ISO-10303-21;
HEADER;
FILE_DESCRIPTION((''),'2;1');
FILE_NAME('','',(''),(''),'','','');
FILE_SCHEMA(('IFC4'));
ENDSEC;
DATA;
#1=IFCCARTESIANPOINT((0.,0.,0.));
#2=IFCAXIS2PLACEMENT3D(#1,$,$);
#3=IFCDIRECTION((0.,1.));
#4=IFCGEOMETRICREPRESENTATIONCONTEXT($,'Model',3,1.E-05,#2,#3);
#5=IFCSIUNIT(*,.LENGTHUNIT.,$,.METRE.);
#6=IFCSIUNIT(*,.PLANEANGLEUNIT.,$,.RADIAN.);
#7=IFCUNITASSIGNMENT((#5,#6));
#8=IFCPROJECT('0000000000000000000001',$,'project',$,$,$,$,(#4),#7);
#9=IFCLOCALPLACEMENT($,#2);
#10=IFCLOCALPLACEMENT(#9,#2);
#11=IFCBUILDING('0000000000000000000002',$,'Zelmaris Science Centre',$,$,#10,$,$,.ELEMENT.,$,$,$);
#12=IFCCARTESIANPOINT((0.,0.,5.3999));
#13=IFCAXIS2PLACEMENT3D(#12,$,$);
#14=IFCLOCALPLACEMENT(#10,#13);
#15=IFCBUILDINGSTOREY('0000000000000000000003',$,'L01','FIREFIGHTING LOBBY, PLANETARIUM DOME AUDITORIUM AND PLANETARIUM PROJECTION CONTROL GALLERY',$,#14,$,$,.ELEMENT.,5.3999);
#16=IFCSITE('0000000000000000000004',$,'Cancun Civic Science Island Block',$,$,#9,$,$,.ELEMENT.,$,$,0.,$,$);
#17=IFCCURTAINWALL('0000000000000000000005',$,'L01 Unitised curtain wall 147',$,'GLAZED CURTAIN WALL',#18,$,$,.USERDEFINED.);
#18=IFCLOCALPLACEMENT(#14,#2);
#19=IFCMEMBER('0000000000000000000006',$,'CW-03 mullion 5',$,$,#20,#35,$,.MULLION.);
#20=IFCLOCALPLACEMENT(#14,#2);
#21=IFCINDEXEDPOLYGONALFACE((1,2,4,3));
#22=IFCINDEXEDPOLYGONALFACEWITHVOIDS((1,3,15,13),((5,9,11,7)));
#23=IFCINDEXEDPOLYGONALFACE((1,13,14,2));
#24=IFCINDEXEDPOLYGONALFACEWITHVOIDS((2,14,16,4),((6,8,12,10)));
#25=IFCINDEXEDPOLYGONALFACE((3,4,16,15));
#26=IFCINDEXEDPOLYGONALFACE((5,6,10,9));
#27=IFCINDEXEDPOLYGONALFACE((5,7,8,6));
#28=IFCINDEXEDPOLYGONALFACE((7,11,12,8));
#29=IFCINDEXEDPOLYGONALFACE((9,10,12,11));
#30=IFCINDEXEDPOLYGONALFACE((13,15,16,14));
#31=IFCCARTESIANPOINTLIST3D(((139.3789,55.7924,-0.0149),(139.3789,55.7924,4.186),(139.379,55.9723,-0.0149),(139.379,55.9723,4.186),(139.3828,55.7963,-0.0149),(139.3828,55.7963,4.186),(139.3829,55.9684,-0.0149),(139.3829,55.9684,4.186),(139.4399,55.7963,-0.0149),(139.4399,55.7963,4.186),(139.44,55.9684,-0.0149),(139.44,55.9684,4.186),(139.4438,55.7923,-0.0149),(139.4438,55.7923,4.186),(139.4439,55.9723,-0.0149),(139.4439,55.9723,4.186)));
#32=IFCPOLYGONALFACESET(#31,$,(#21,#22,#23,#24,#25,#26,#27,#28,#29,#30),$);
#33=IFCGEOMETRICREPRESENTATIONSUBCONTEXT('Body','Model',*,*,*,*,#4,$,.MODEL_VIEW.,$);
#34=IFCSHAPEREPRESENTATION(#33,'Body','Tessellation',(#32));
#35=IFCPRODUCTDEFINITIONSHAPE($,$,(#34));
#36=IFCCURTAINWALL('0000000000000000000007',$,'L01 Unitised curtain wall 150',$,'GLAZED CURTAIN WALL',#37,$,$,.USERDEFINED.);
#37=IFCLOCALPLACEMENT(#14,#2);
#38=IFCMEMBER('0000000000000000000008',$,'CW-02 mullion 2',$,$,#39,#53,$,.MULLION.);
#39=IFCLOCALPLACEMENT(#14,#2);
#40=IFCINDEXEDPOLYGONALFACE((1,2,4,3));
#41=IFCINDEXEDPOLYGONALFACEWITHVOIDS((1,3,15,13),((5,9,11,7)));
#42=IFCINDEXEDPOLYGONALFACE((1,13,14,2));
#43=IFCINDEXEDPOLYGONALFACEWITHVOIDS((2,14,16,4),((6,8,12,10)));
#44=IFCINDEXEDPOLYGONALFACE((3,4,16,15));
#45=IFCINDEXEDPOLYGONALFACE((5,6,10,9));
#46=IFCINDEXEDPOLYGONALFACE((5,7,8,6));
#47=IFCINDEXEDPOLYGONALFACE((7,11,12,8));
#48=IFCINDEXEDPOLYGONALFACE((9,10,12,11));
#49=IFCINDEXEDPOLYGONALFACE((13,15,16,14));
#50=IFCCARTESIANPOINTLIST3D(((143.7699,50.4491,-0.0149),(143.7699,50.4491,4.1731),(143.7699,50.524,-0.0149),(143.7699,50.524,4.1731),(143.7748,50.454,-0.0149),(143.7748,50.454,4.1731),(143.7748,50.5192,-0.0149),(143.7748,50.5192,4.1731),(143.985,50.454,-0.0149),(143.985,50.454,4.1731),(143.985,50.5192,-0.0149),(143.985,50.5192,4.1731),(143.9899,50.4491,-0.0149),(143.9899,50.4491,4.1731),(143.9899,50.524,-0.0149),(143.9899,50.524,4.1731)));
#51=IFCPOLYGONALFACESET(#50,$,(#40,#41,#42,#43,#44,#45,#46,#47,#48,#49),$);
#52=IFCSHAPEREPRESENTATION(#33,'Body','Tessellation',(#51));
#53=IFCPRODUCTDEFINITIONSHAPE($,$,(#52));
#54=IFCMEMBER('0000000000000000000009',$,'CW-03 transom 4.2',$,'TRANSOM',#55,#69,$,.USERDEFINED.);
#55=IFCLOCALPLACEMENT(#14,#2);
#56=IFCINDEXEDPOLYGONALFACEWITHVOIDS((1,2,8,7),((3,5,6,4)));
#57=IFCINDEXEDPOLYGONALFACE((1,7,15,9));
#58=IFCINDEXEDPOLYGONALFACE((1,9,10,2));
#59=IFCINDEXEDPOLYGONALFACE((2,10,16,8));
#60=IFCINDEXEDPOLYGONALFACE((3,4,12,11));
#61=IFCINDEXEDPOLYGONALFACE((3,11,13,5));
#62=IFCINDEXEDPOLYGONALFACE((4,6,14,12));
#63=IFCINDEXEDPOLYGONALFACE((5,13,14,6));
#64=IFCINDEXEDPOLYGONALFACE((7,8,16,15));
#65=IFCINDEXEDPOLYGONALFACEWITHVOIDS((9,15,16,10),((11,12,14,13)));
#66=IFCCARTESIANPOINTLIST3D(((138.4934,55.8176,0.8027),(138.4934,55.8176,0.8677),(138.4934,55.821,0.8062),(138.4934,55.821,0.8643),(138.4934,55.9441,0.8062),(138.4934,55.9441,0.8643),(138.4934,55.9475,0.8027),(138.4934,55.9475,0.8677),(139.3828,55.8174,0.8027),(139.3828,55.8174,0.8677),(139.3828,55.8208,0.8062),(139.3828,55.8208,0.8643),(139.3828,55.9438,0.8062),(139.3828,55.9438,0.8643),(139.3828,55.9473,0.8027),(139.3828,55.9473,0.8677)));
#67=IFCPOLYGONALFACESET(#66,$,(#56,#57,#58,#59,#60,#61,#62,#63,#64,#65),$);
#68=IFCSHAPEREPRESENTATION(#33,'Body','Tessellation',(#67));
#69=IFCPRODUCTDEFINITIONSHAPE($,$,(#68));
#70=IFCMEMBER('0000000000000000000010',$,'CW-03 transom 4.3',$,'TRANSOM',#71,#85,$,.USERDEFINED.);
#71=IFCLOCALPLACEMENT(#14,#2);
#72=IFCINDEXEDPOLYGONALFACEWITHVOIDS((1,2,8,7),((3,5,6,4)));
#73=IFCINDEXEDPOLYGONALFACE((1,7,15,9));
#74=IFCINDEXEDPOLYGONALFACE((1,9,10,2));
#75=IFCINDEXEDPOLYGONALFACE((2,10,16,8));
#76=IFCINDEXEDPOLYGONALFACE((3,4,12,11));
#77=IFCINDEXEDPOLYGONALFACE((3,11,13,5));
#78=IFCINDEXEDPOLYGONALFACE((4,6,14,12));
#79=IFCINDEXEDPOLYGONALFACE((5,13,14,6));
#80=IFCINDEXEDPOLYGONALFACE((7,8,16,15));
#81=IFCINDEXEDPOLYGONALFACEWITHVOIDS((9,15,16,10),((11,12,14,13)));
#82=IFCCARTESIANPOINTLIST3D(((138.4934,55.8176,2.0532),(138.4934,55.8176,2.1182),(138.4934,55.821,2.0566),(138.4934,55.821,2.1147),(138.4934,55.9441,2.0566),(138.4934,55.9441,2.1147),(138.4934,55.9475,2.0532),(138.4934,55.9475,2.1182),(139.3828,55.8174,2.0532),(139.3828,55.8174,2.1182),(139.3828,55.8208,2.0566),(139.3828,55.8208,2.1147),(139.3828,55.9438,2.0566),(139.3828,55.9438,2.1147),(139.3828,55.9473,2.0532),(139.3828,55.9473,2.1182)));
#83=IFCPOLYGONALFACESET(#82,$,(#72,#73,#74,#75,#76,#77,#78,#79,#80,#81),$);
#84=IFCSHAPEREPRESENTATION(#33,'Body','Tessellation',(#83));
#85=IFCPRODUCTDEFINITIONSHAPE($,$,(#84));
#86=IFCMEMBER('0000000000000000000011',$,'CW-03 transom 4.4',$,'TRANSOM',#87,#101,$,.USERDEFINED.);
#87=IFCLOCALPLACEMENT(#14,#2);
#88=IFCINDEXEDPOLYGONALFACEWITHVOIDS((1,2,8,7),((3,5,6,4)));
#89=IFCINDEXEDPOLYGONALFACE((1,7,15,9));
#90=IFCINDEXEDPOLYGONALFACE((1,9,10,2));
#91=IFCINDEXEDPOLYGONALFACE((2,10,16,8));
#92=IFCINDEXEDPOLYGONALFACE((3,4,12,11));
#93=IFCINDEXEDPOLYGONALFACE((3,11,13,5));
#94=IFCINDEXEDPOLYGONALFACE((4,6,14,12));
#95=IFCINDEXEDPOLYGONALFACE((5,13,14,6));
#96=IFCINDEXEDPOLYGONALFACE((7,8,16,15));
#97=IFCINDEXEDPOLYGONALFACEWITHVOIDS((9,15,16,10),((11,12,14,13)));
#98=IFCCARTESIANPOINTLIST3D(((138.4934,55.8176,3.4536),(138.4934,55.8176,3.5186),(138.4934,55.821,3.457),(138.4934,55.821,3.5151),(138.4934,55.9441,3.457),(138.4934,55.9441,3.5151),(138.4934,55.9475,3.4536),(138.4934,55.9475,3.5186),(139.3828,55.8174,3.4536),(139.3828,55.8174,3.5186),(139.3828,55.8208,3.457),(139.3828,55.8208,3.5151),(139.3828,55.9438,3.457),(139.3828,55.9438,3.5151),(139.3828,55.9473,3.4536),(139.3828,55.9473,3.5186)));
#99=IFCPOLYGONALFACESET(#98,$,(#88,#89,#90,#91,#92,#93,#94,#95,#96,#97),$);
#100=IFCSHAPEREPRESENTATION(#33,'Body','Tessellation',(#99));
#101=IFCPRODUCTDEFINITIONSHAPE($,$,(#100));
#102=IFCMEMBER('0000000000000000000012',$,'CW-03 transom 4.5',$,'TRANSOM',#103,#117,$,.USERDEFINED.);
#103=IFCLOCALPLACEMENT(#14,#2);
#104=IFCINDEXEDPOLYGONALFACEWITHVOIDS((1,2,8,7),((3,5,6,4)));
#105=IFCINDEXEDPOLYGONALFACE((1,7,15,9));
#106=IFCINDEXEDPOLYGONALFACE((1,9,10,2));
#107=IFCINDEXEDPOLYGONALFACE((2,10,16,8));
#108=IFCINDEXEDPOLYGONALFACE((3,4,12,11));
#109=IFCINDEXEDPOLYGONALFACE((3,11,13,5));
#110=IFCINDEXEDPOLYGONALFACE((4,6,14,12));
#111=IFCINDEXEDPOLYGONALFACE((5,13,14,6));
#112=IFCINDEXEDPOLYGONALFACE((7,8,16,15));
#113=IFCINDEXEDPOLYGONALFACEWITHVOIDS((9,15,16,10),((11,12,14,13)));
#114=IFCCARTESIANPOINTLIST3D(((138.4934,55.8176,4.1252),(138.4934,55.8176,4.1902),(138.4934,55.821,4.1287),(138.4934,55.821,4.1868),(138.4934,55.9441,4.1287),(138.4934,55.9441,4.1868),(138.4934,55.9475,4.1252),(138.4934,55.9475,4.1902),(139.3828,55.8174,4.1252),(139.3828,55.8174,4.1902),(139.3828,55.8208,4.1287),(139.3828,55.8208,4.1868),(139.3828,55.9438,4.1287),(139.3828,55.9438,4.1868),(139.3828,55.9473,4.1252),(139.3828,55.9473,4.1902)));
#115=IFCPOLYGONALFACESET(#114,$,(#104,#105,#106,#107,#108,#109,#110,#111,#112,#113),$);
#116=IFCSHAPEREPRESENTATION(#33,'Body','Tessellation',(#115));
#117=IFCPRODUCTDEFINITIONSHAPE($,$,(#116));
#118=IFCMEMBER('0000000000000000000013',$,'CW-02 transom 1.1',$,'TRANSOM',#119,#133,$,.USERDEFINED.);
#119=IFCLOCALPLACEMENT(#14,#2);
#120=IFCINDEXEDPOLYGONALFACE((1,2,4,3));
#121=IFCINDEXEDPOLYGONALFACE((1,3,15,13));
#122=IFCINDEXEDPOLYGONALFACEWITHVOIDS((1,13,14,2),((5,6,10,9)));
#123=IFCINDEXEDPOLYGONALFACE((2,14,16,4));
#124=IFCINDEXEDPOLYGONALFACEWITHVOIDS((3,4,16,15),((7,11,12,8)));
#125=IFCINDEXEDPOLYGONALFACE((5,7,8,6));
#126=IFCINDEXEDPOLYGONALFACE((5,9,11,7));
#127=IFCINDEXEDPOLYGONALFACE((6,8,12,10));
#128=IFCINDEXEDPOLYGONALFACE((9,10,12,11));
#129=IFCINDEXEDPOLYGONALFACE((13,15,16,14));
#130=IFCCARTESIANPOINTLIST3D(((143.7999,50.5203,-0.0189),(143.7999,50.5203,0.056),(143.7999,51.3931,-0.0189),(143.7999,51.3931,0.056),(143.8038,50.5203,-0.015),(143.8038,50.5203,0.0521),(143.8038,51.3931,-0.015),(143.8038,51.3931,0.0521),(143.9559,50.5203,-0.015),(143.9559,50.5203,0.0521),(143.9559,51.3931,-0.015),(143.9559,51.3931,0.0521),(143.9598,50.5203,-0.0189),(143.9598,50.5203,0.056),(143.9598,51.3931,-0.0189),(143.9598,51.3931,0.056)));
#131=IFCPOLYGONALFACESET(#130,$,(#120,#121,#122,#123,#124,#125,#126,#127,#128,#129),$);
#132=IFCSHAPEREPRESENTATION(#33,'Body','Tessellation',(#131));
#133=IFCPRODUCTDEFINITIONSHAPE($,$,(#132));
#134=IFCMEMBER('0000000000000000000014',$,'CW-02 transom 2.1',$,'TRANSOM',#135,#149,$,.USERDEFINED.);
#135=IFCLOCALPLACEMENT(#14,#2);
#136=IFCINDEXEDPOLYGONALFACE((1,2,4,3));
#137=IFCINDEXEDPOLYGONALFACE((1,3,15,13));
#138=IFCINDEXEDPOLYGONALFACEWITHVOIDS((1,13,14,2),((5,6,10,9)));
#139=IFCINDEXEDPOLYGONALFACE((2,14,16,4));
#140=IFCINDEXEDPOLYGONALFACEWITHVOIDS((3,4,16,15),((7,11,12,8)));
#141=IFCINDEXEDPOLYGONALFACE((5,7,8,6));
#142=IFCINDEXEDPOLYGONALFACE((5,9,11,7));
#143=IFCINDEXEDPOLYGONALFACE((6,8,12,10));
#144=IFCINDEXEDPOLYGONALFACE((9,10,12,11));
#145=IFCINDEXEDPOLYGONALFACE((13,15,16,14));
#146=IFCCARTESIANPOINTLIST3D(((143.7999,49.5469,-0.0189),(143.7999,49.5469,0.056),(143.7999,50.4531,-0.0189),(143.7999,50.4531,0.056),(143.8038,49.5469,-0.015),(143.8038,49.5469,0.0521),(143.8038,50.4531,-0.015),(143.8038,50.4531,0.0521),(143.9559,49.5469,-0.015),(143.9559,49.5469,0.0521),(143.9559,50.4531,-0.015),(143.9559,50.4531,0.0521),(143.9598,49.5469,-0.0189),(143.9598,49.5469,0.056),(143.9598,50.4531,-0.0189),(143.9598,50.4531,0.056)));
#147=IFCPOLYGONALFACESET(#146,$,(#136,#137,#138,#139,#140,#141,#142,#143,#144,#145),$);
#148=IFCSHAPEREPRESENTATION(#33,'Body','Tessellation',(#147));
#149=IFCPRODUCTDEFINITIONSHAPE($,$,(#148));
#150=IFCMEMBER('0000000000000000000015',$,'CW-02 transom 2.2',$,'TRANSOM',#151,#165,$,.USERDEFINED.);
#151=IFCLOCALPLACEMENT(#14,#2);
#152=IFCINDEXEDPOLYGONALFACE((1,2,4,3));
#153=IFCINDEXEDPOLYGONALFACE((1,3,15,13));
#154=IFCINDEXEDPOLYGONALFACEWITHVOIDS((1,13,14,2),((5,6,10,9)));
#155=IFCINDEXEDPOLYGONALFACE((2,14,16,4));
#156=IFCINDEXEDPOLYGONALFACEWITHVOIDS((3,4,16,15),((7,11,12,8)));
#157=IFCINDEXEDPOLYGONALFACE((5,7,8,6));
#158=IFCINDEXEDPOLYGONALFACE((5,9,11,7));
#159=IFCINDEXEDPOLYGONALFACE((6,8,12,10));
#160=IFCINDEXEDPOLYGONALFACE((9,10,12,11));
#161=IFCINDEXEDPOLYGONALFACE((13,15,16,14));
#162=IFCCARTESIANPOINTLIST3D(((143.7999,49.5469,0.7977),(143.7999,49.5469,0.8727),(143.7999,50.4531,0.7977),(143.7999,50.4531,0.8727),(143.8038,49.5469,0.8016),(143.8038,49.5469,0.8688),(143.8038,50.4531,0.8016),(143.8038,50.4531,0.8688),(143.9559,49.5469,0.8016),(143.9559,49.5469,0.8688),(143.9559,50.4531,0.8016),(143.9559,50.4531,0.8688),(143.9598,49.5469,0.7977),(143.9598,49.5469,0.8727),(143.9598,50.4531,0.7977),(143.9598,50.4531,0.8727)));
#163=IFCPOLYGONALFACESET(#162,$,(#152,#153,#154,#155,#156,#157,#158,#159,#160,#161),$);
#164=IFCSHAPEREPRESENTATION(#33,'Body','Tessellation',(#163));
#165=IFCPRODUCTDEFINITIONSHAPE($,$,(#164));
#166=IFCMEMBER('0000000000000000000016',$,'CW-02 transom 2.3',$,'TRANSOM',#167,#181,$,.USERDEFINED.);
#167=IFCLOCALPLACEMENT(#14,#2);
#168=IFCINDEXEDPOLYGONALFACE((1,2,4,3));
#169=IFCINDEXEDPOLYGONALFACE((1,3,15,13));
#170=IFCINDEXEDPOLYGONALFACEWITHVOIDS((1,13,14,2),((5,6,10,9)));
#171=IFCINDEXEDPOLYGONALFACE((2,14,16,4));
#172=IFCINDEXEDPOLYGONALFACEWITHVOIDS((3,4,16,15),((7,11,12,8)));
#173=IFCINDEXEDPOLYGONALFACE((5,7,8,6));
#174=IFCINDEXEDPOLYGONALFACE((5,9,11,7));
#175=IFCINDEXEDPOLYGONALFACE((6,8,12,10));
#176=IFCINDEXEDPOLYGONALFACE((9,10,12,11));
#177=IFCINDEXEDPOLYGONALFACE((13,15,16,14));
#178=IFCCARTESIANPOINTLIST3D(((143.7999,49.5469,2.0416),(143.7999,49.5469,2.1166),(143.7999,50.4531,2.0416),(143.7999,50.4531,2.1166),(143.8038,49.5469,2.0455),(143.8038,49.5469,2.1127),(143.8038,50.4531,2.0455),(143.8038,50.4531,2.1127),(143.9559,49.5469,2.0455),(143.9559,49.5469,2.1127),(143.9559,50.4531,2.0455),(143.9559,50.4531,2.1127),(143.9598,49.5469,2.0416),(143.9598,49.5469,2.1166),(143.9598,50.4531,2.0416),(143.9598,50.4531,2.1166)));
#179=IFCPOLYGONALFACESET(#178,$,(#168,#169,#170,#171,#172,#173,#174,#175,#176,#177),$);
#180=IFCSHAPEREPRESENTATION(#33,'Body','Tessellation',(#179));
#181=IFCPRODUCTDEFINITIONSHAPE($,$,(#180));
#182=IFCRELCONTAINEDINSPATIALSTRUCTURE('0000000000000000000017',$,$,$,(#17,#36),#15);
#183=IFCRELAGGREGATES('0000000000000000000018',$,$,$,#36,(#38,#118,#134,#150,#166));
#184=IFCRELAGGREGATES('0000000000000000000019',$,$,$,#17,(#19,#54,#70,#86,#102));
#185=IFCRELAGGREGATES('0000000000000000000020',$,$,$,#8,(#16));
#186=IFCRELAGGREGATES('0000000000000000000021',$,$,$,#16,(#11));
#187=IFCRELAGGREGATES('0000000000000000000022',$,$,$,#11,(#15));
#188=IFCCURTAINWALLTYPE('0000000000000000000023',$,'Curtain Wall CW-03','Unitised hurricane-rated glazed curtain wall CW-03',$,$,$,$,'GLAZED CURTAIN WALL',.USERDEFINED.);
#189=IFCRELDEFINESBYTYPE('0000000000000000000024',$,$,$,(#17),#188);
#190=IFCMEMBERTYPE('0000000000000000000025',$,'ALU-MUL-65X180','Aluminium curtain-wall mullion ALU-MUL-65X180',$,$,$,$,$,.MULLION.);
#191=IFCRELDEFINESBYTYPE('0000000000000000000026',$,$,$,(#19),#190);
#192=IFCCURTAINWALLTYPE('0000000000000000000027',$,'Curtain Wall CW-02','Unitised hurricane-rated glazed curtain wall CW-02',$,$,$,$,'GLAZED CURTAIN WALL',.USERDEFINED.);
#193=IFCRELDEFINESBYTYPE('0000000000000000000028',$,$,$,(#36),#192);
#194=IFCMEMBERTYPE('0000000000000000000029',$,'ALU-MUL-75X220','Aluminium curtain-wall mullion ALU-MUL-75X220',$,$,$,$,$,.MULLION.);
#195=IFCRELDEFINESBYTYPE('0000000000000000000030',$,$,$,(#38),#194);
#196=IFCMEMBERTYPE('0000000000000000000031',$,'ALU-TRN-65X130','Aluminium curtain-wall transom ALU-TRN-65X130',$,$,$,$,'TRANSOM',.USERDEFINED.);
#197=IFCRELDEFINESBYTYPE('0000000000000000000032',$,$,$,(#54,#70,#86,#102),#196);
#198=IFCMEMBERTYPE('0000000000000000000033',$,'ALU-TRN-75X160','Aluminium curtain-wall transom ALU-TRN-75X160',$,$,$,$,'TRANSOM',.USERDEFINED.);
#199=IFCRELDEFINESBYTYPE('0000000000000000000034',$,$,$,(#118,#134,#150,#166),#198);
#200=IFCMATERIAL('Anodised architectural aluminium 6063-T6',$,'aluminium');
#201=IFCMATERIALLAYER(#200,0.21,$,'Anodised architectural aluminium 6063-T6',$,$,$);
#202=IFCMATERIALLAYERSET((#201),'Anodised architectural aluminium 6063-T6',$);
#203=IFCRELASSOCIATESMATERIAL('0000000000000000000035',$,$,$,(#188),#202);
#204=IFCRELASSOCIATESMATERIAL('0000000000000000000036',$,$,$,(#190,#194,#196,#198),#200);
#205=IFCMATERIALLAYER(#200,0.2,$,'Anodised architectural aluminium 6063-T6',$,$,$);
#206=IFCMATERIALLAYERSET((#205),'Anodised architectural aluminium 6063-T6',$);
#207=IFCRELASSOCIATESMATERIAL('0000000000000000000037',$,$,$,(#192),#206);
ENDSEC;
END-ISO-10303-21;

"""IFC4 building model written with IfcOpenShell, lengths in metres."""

from ifc_helpers import new_model, si_unit, direction, frame, origin, origin_2d, place, context, subcontext, project, spatial, hollow_rectangle, extrude, material, layer, layer_set, material_profile, profile_set, type_object, element, aggregate, save


model = new_model("IFC4")

# Units and contexts
model_context = context("Model", 3, precision=1e-05, world=origin(), true_north=direction((0.0, 1.0)))
body_context = subcontext(model_context, "Body", "Model", "MODEL_VIEW")
ifc_project = project(units=[si_unit("LENGTHUNIT", "METRE"), si_unit("PLANEANGLEUNIT", "RADIAN")], contexts=[model_context])

# Site, building, storey
site_placement = place(None, origin())
site = spatial("IfcSite", under=ifc_project, at=site_placement, Name="Cancun Civic Science Island Block", CompositionType="ELEMENT", RefElevation=0.0)
building_placement = place(site_placement, origin())
building = spatial("IfcBuilding", under=site, at=building_placement, Name="Zelmaris Science Centre", CompositionType="ELEMENT")
storey_placement = place(building_placement, frame((0.0, 0.0, 5.3999)))
storey = spatial("IfcBuildingStorey", under=building, at=storey_placement, Name="L01", Description="FIREFIGHTING LOBBY, PLANETARIUM DOME AUDITORIUM AND PLANETARIUM PROJECTION CONTROL GALLERY", CompositionType="ELEMENT", Elevation=5.3999)

# Curtain walls, members
ifc_material_1 = material(Name="Anodised architectural aluminium 6063-T6", Category="aluminium")
ifc_layer_1 = layer(ifc_material_1, 0.21, Name="Anodised architectural aluminium 6063-T6")
ifc_layer_set_1 = layer_set([ifc_layer_1], Name="Anodised architectural aluminium 6063-T6")
curtain_wall_type_1 = type_object("IfcCurtainWallType", Name="Curtain Wall CW-03", Description="Unitised hurricane-rated glazed curtain wall CW-03", ElementType="GLAZED CURTAIN WALL", PredefinedType="USERDEFINED", material=ifc_layer_set_1)
curtain_wall_1_placement = place(storey_placement, origin())
curtain_wall_1 = element("IfcCurtainWall", 1, at=curtain_wall_1_placement, inside=storey, type_object=curtain_wall_type_1, Name="L01 Unitised curtain wall 147", ObjectType="GLAZED CURTAIN WALL", PredefinedType="USERDEFINED")
ifc_material_profile_1 = material_profile(ifc_material_1, hollow_rectangle(XDim=0.0649, YDim=0.1799, WallThickness=0.0039, at=origin_2d()), Name="ALU-MUL-65X180")
ifc_profile_set_1 = profile_set([ifc_material_profile_1], Name="Anodised architectural aluminium 6063-T6")
member_type_1 = type_object("IfcMemberType", Name="ALU-MUL-65X180", Description="Aluminium curtain-wall mullion ALU-MUL-65X180", PredefinedType="MULLION", material=ifc_profile_set_1)
member_1_placement = place(storey_placement, frame((139.4114, 55.8823, -0.0149), z_axis=(0.0, 0.0, 1.0), x_axis=(1.0, -0.000489, 0.0)))
member_1 = element("IfcMember", 2, at=member_1_placement, type_object=member_type_1, Name="CW-03 mullion 5", PredefinedType="MULLION", context=body_context, shape_type="SweptSolid", body=[
    extrude(hollow_rectangle(XDim=0.0649, YDim=0.1799, WallThickness=0.0039, at=origin_2d()), origin(), (0.0, 0.0, 1.0), 4.2009),
])
ifc_layer_2 = layer(ifc_material_1, 0.2, Name="Anodised architectural aluminium 6063-T6")
ifc_layer_set_2 = layer_set([ifc_layer_2], Name="Anodised architectural aluminium 6063-T6")
curtain_wall_type_2 = type_object("IfcCurtainWallType", Name="Curtain Wall CW-02", Description="Unitised hurricane-rated glazed curtain wall CW-02", ElementType="GLAZED CURTAIN WALL", PredefinedType="USERDEFINED", material=ifc_layer_set_2)
curtain_wall_2_placement = place(storey_placement, origin())
curtain_wall_2 = element("IfcCurtainWall", 3, at=curtain_wall_2_placement, inside=storey, type_object=curtain_wall_type_2, Name="L01 Unitised curtain wall 150", ObjectType="GLAZED CURTAIN WALL", PredefinedType="USERDEFINED")
ifc_material_profile_2 = material_profile(ifc_material_1, hollow_rectangle(XDim=0.075, YDim=0.22, WallThickness=0.0049, at=origin_2d()), Name="ALU-MUL-75X220")
ifc_profile_set_2 = profile_set([ifc_material_profile_2], Name="Anodised architectural aluminium 6063-T6")
member_type_2 = type_object("IfcMemberType", Name="ALU-MUL-75X220", Description="Aluminium curtain-wall mullion ALU-MUL-75X220", PredefinedType="MULLION", material=ifc_profile_set_2)
member_2_placement = place(storey_placement, frame((143.8799, 50.4866, -0.0149), z_axis=(0.0, 0.0, 1.0), x_axis=(0.0, -1.0, 0.0)))
member_2 = element("IfcMember", 4, at=member_2_placement, type_object=member_type_2, Name="CW-02 mullion 2", PredefinedType="MULLION", context=body_context, shape_type="SweptSolid", body=[
    extrude(hollow_rectangle(XDim=0.075, YDim=0.22, WallThickness=0.0049, at=origin_2d()), origin(), (0.0, 0.0, 1.0), 4.188),
])

# Members
ifc_material_profile_3 = material_profile(ifc_material_1, hollow_rectangle(XDim=0.0649, YDim=0.1299, WallThickness=0.0034, at=origin_2d()), Name="ALU-TRN-65X130")
ifc_profile_set_3 = profile_set([ifc_material_profile_3], Name="Anodised architectural aluminium 6063-T6")
member_type_3 = type_object("IfcMemberType", Name="ALU-TRN-65X130", Description="Aluminium curtain-wall transom ALU-TRN-65X130", ElementType="TRANSOM", PredefinedType="USERDEFINED", material=ifc_profile_set_3)
member_3_placement = place(storey_placement, frame((138.4934, 55.8826, 0.8352), z_axis=(1.0, -0.000274, 0.0), x_axis=(0.0, 0.0, 1.0)))
member_3 = element("IfcMember", 5, at=member_3_placement, type_object=member_type_3, Name="CW-03 transom 4.2", ObjectType="TRANSOM", PredefinedType="USERDEFINED", context=body_context, shape_type="SweptSolid", body=[
    extrude(hollow_rectangle(XDim=0.0649, YDim=0.1299, WallThickness=0.0034, at=origin_2d()), origin(), (0.0, 0.0, 1.0), 0.8894),
])
member_4_placement = place(storey_placement, frame((138.4934, 55.8826, 2.0857), z_axis=(1.0, -0.000274, 0.0), x_axis=(0.0, 0.0, 1.0)))
member_4 = element("IfcMember", 6, at=member_4_placement, type_object=member_type_3, Name="CW-03 transom 4.3", ObjectType="TRANSOM", PredefinedType="USERDEFINED", context=body_context, shape_type="SweptSolid", body=[
    extrude(hollow_rectangle(XDim=0.0649, YDim=0.1299, WallThickness=0.0034, at=origin_2d()), origin(), (0.0, 0.0, 1.0), 0.8894),
])
member_5_placement = place(storey_placement, frame((138.4934, 55.8826, 3.4861), z_axis=(1.0, -0.000274, 0.0), x_axis=(0.0, 0.0, 1.0)))
member_5 = element("IfcMember", 7, at=member_5_placement, type_object=member_type_3, Name="CW-03 transom 4.4", ObjectType="TRANSOM", PredefinedType="USERDEFINED", context=body_context, shape_type="SweptSolid", body=[
    extrude(hollow_rectangle(XDim=0.0649, YDim=0.1299, WallThickness=0.0034, at=origin_2d()), origin(), (0.0, 0.0, 1.0), 0.8894),
])
member_6_placement = place(storey_placement, frame((138.4934, 55.8826, 4.1577), z_axis=(1.0, -0.000274, 0.0), x_axis=(0.0, 0.0, 1.0)))
member_6 = element("IfcMember", 8, at=member_6_placement, type_object=member_type_3, Name="CW-03 transom 4.5", ObjectType="TRANSOM", PredefinedType="USERDEFINED", context=body_context, shape_type="SweptSolid", body=[
    extrude(hollow_rectangle(XDim=0.0649, YDim=0.1299, WallThickness=0.0034, at=origin_2d()), origin(), (0.0, 0.0, 1.0), 0.8894),
])
ifc_material_profile_4 = material_profile(ifc_material_1, hollow_rectangle(XDim=0.075, YDim=0.1599, WallThickness=0.0039, at=origin_2d()), Name="ALU-TRN-75X160")
ifc_profile_set_4 = profile_set([ifc_material_profile_4], Name="Anodised architectural aluminium 6063-T6")
member_type_4 = type_object("IfcMemberType", Name="ALU-TRN-75X160", Description="Aluminium curtain-wall transom ALU-TRN-75X160", ElementType="TRANSOM", PredefinedType="USERDEFINED", material=ifc_profile_set_4)
member_7_placement = place(storey_placement, frame((143.8799, 51.3931, 0.0186), z_axis=(0.0, -1.0, 0.0), x_axis=(0.0, 0.0, 1.0)))
member_7 = element("IfcMember", 9, at=member_7_placement, type_object=member_type_4, Name="CW-02 transom 1.1", ObjectType="TRANSOM", PredefinedType="USERDEFINED", context=body_context, shape_type="SweptSolid", body=[
    extrude(hollow_rectangle(XDim=0.075, YDim=0.1599, WallThickness=0.0039, at=origin_2d()), origin(), (0.0, 0.0, 1.0), 0.8728),
])
member_8_placement = place(storey_placement, frame((143.8799, 50.4531, 0.0186), z_axis=(0.0, -1.0, 0.0), x_axis=(0.0, 0.0, 1.0)))
member_8 = element("IfcMember", 10, at=member_8_placement, type_object=member_type_4, Name="CW-02 transom 2.1", ObjectType="TRANSOM", PredefinedType="USERDEFINED", context=body_context, shape_type="SweptSolid", body=[
    extrude(hollow_rectangle(XDim=0.075, YDim=0.1599, WallThickness=0.0039, at=origin_2d()), origin(), (0.0, 0.0, 1.0), 0.9062),
])
member_9_placement = place(storey_placement, frame((143.8799, 50.4531, 0.8352), z_axis=(0.0, -1.0, 0.0), x_axis=(0.0, 0.0, 1.0)))
member_9 = element("IfcMember", 11, at=member_9_placement, type_object=member_type_4, Name="CW-02 transom 2.2", ObjectType="TRANSOM", PredefinedType="USERDEFINED", context=body_context, shape_type="SweptSolid", body=[
    extrude(hollow_rectangle(XDim=0.075, YDim=0.1599, WallThickness=0.0039, at=origin_2d()), origin(), (0.0, 0.0, 1.0), 0.9062),
])
member_10_placement = place(storey_placement, frame((143.8799, 50.4531, 2.0791), z_axis=(0.0, -1.0, 0.0), x_axis=(0.0, 0.0, 1.0)))
member_10 = element("IfcMember", 12, at=member_10_placement, type_object=member_type_4, Name="CW-02 transom 2.3", ObjectType="TRANSOM", PredefinedType="USERDEFINED", context=body_context, shape_type="SweptSolid", body=[
    extrude(hollow_rectangle(XDim=0.075, YDim=0.1599, WallThickness=0.0039, at=origin_2d()), origin(), (0.0, 0.0, 1.0), 0.9062),
])

aggregate(curtain_wall_2, [member_2, member_7, member_8, member_9, member_10])
aggregate(curtain_wall_1, [member_1, member_3, member_4, member_5, member_6])

save(model, "model.ifc")
